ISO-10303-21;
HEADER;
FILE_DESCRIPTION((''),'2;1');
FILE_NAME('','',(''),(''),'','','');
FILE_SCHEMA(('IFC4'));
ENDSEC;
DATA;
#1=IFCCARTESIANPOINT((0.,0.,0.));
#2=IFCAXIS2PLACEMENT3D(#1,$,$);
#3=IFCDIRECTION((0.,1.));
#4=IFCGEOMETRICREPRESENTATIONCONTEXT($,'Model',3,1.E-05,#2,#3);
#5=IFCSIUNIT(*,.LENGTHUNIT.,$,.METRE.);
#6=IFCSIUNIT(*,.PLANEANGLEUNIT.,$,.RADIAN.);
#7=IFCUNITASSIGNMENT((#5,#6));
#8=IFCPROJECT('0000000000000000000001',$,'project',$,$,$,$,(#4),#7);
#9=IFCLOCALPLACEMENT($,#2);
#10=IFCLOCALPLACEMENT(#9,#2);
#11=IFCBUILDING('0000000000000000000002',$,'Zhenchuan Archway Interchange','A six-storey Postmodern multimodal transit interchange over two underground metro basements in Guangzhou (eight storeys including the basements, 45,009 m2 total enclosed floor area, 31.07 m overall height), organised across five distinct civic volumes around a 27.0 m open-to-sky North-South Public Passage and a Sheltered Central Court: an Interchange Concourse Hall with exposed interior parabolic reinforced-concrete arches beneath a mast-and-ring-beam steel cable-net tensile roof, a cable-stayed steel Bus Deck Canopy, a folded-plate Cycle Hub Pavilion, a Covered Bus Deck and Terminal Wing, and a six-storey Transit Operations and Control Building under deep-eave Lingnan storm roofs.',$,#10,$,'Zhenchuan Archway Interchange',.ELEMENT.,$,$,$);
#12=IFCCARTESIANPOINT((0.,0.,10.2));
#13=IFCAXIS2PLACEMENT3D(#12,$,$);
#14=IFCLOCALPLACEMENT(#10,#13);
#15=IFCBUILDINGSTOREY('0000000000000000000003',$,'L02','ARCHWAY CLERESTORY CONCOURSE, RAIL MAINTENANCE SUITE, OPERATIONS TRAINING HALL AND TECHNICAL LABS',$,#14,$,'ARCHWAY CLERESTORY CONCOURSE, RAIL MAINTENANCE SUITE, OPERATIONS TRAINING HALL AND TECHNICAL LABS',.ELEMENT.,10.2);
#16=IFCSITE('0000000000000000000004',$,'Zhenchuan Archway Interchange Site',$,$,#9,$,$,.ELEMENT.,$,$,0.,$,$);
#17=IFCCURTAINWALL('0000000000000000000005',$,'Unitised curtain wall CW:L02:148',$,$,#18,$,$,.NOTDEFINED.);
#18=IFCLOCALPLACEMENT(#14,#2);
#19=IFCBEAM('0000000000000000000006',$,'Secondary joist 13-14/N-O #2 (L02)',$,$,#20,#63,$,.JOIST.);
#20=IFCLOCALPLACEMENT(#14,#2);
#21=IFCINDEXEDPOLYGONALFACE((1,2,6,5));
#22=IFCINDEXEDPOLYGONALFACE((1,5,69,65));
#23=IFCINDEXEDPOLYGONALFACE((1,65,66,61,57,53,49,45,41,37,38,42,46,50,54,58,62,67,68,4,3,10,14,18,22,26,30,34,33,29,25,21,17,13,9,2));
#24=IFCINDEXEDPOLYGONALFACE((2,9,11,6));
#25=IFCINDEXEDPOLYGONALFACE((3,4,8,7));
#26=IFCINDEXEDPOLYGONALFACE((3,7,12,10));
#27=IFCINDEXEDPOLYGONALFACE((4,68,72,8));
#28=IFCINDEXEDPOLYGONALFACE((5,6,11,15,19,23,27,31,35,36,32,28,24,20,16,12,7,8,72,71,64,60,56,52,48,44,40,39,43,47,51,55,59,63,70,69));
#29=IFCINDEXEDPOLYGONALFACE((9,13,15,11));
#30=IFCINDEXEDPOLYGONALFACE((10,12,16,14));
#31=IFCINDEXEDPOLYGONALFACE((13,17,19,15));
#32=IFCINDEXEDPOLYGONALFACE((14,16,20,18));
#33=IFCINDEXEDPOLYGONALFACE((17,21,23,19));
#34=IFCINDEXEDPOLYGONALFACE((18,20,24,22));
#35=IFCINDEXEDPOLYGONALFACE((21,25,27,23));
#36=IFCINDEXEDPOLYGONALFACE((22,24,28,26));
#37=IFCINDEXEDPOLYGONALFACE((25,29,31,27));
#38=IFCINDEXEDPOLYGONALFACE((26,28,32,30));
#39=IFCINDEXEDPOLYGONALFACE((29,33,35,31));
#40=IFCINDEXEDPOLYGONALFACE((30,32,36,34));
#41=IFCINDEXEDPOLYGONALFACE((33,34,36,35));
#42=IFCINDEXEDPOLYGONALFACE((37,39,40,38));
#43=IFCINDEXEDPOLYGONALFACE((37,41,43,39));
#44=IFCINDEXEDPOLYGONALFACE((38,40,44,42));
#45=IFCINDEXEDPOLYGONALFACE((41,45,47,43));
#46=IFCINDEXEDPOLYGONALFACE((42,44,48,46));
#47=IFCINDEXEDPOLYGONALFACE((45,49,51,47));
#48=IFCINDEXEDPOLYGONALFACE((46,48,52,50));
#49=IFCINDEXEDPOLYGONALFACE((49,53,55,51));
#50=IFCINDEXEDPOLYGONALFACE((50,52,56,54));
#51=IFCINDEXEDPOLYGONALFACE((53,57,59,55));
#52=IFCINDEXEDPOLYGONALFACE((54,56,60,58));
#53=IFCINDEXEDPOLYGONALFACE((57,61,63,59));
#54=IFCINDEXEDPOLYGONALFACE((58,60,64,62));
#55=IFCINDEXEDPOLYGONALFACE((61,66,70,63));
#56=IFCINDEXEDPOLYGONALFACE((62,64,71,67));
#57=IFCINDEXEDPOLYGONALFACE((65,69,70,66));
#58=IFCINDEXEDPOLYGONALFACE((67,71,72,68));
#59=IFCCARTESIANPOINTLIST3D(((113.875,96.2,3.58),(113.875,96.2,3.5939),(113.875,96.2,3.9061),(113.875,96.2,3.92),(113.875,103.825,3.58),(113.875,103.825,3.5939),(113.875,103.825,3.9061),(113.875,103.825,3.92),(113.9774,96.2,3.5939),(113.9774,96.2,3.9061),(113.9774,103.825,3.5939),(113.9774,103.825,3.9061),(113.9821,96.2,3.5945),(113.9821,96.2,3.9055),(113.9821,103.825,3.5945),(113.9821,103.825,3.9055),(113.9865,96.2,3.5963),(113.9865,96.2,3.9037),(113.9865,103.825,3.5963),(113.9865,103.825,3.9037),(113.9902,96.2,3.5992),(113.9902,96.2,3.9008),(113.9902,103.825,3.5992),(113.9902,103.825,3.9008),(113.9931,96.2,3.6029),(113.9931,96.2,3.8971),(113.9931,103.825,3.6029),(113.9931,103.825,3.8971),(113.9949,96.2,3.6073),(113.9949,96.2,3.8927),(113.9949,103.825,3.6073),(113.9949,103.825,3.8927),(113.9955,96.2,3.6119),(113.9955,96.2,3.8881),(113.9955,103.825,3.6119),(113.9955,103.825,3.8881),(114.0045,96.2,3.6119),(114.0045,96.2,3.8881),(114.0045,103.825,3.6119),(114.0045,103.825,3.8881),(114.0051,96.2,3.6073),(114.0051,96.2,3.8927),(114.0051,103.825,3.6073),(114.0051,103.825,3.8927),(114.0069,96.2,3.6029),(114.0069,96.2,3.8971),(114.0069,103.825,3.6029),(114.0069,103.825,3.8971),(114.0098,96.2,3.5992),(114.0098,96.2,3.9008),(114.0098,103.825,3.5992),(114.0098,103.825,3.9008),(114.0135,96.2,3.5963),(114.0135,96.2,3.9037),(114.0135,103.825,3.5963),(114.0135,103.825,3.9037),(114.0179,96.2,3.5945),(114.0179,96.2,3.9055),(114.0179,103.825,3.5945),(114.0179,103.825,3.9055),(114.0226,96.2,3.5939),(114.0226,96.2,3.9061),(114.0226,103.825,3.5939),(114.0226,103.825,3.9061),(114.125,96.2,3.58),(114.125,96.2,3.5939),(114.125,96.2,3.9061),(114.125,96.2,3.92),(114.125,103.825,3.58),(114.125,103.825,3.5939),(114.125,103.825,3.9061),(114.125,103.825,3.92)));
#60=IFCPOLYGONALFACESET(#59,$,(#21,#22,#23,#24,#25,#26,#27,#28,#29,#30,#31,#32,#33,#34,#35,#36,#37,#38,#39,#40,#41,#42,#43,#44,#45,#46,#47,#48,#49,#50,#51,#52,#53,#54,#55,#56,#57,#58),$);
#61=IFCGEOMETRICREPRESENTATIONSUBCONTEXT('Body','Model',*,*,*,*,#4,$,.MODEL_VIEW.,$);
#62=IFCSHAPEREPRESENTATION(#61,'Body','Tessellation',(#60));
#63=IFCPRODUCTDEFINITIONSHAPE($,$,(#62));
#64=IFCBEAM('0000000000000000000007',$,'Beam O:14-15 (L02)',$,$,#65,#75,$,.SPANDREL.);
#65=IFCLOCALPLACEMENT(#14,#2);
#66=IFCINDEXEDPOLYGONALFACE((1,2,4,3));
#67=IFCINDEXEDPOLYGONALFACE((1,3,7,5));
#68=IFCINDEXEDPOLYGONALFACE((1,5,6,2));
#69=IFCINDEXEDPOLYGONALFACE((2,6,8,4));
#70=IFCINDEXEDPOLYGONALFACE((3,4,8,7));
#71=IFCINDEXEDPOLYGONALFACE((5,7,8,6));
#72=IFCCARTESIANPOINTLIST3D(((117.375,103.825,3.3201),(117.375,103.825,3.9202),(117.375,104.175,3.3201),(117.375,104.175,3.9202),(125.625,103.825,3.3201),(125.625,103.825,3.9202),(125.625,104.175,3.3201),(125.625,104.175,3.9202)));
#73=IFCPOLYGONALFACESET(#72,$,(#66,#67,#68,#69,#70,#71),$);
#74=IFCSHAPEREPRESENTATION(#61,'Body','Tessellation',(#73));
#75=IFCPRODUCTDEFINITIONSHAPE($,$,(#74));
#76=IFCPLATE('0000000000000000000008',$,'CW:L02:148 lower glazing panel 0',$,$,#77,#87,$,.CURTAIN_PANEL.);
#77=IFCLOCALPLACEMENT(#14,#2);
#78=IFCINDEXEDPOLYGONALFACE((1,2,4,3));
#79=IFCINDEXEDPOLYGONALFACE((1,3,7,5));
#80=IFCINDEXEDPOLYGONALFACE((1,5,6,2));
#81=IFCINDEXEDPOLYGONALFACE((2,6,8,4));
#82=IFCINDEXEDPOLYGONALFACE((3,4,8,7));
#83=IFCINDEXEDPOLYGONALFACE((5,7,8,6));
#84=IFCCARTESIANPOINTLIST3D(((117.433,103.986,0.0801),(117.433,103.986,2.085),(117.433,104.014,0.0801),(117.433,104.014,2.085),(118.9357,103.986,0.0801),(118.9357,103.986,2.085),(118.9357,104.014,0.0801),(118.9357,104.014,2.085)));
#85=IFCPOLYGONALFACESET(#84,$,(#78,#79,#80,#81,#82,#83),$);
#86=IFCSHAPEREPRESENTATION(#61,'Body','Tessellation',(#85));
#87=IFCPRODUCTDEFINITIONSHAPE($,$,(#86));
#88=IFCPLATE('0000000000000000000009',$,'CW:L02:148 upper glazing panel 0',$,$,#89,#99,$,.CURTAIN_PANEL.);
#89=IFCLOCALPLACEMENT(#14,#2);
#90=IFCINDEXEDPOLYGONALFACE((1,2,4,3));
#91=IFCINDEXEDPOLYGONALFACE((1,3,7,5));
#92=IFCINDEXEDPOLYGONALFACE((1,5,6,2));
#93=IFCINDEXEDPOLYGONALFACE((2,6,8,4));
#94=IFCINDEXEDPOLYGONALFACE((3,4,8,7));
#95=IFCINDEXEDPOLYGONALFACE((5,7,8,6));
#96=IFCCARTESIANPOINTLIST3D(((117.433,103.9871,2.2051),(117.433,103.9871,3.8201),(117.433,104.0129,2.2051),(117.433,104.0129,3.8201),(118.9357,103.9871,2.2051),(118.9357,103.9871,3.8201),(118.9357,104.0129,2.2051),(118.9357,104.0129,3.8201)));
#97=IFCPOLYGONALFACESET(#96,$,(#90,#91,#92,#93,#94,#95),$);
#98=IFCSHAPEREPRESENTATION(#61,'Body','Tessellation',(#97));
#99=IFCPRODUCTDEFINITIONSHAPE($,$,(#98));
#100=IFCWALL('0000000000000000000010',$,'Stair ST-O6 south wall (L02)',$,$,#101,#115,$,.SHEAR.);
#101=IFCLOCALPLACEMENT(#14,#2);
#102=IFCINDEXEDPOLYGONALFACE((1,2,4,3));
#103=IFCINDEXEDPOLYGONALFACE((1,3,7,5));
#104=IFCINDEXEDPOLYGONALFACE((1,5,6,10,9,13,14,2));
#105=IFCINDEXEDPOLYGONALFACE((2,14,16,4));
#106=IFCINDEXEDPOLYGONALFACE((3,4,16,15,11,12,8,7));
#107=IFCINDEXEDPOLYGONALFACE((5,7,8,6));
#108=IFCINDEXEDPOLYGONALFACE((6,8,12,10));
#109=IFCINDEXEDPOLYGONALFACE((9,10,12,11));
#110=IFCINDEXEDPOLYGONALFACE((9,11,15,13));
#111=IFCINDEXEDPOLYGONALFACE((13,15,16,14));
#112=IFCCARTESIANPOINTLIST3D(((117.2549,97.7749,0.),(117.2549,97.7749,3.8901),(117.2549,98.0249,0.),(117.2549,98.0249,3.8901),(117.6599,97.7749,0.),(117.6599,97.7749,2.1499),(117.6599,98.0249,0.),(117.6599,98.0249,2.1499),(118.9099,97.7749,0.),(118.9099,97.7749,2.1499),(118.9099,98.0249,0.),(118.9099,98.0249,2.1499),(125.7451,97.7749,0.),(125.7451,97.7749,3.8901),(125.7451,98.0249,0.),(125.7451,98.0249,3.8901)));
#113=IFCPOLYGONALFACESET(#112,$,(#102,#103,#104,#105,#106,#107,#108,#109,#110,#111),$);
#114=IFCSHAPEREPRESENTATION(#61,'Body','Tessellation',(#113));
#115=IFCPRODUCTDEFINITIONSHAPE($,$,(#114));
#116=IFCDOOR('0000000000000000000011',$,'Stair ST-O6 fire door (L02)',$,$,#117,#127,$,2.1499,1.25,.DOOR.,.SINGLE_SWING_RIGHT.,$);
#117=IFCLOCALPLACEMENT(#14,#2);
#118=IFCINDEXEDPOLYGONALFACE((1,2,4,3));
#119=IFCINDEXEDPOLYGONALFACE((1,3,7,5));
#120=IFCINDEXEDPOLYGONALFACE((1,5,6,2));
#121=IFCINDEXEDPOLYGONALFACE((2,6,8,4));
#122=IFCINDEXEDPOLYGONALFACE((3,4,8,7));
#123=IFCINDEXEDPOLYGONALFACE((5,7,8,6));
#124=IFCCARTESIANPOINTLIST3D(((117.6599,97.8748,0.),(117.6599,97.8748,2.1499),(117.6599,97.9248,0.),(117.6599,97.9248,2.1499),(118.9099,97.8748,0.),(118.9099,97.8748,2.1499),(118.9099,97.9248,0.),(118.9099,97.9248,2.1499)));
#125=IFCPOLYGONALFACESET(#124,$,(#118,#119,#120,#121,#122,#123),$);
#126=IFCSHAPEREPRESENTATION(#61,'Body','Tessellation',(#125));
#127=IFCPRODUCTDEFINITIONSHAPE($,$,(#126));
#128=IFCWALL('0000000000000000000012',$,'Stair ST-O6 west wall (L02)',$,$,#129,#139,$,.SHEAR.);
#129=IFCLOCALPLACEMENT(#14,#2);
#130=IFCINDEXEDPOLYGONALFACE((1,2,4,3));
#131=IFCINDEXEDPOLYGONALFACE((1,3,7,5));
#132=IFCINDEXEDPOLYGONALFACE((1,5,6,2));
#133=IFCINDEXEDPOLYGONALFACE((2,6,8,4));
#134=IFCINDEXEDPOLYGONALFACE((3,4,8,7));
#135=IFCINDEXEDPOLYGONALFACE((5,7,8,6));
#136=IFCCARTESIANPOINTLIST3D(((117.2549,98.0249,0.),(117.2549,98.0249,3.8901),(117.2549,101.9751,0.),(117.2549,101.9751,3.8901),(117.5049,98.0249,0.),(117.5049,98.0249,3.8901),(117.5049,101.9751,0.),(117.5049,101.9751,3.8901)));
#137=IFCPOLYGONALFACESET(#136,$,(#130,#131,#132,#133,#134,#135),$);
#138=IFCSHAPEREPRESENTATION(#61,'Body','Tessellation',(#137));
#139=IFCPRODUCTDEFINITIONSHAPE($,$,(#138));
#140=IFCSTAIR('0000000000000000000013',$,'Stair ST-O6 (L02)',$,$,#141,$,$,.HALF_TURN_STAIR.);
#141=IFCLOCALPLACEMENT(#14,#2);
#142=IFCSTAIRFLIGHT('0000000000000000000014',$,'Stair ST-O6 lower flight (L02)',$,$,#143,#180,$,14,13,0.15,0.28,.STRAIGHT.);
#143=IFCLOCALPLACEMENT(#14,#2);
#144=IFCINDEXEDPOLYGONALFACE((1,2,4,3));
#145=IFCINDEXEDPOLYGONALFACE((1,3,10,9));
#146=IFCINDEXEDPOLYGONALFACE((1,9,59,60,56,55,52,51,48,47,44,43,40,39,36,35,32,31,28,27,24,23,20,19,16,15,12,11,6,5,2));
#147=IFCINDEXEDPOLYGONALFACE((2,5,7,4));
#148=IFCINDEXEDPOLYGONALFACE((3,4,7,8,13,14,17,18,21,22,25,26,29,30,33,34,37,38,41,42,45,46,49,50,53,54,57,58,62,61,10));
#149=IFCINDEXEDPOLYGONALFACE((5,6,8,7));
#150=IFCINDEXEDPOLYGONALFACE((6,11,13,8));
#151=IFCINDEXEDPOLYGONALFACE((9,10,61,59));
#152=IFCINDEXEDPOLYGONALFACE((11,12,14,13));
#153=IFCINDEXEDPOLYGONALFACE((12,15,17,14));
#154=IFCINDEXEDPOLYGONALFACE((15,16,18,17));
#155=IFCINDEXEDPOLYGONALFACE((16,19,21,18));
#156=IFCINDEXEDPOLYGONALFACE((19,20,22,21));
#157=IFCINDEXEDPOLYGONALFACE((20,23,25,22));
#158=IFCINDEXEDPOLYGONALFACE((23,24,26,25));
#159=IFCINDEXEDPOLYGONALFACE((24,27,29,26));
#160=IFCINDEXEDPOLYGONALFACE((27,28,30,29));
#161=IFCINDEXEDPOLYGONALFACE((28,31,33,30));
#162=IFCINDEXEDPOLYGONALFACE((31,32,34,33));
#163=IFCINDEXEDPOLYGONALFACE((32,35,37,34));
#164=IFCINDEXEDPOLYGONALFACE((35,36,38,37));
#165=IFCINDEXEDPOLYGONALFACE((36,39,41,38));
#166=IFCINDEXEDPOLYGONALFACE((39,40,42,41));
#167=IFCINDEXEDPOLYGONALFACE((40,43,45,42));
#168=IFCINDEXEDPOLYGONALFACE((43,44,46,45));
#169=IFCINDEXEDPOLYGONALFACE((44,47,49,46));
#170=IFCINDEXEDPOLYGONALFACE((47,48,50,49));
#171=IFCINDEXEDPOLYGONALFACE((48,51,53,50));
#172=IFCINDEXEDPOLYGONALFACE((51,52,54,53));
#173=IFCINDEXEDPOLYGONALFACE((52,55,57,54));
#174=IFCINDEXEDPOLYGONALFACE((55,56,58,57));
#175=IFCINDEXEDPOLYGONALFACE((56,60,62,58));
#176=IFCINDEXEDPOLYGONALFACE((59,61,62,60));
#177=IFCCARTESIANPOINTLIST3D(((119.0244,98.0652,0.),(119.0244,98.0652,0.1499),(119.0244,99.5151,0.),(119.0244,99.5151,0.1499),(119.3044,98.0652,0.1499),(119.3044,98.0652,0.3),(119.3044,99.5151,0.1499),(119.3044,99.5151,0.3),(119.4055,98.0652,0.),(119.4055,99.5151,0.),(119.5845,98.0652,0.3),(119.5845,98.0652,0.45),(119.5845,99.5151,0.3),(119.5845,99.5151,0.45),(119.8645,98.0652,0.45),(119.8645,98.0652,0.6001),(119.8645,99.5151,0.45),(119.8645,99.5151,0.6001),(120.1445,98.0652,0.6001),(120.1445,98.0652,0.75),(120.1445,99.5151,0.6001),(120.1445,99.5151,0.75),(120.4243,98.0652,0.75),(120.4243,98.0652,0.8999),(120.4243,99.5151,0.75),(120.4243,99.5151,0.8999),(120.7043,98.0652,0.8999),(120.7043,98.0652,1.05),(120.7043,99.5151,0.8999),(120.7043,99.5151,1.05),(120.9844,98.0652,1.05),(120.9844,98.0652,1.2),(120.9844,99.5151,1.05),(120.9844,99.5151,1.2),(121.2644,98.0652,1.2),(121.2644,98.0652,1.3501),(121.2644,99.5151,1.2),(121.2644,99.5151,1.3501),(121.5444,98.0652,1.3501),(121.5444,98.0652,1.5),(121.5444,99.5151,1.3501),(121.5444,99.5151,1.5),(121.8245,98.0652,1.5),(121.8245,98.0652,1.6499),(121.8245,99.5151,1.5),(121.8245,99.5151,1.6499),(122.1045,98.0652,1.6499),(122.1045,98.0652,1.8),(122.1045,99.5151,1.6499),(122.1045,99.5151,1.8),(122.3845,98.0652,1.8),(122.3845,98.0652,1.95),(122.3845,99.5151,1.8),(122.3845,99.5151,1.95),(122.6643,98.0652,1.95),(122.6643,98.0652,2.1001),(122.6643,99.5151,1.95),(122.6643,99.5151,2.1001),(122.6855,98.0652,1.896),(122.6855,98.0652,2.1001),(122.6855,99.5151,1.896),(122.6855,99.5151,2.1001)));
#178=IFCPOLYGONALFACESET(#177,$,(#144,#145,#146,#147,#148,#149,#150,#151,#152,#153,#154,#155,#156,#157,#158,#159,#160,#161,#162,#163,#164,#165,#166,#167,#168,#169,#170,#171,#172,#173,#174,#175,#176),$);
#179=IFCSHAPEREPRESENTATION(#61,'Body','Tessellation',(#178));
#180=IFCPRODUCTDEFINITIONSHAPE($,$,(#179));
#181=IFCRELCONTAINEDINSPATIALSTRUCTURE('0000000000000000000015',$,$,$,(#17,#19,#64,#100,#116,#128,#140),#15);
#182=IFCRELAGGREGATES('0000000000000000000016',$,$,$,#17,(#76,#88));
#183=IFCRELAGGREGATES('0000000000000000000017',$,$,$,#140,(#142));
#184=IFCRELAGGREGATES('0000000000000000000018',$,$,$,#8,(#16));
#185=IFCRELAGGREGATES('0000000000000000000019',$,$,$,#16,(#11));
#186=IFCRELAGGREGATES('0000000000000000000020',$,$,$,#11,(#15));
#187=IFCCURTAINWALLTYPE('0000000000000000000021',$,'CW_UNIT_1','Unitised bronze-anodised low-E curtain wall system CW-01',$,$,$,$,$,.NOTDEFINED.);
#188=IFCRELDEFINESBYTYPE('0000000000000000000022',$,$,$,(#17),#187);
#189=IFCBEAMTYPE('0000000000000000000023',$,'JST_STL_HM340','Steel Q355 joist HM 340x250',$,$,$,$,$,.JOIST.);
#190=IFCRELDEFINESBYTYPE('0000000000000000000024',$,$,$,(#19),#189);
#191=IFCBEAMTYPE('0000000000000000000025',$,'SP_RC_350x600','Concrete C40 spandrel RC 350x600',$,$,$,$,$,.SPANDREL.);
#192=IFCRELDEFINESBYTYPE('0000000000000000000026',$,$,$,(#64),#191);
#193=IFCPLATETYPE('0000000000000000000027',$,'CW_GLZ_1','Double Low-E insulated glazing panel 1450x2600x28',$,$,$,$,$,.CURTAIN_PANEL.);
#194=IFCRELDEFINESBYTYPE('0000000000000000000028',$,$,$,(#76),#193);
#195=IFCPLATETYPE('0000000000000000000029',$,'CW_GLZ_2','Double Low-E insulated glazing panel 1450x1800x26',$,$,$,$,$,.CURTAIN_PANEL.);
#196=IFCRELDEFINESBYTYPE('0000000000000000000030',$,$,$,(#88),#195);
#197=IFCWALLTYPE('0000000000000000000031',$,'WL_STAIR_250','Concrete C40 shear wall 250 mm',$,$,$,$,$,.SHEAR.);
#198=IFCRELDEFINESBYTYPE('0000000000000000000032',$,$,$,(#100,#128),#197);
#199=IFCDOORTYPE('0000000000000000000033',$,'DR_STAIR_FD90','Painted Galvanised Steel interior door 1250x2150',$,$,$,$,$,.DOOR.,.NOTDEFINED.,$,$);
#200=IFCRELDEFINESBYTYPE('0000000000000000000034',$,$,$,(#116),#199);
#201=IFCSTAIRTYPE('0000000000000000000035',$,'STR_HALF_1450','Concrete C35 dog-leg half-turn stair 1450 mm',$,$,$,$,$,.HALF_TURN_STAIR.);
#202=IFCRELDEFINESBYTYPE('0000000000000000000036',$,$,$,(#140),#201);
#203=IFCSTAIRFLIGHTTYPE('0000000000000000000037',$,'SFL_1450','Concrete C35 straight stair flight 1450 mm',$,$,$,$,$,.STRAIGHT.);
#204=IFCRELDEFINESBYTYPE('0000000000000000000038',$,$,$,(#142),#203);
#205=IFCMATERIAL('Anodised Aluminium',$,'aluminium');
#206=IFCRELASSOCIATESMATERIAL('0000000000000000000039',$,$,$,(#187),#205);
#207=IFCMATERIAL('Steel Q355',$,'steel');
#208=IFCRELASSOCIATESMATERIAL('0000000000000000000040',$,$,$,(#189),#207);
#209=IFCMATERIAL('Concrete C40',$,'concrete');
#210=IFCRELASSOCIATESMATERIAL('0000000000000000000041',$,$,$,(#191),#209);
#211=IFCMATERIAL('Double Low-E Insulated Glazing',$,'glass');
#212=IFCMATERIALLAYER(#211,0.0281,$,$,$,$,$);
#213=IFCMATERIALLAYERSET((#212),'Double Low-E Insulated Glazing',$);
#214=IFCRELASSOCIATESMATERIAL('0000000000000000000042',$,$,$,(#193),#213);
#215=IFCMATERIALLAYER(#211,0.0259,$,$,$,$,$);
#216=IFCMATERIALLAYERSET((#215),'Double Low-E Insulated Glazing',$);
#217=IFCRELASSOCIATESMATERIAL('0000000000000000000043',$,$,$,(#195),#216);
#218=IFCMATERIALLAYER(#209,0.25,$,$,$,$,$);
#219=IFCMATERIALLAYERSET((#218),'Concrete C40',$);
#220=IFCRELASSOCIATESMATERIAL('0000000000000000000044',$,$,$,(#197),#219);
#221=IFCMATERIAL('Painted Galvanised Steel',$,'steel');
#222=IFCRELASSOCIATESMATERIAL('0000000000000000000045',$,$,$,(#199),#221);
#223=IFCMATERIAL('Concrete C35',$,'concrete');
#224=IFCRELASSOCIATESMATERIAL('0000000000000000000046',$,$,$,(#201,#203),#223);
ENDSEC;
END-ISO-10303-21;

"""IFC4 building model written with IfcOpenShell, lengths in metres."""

from ifc_helpers import new_model, si_unit, direction, frame, frame_2d, origin, origin_2d, place, context, subcontext, project, spatial, polyline, rectangle, i_section, outline, extrude, material, layer, layer_set, material_profile, profile_set, type_object, element, fill, aggregate, save


model = new_model("IFC4")

# Units and contexts
model_context = context("Model", 3, precision=1e-05, world=origin(), true_north=direction((0.0, 1.0)))
body_context = subcontext(model_context, "Body", "Model", "MODEL_VIEW")
ifc_project = project(units=[si_unit("LENGTHUNIT", "METRE"), si_unit("PLANEANGLEUNIT", "RADIAN")], contexts=[model_context])

# Site, building, storey
site_placement = place(None, origin())
site = spatial("IfcSite", under=ifc_project, at=site_placement, Name="Zhenchuan Archway Interchange Site", CompositionType="ELEMENT", RefElevation=0.0)
building_placement = place(site_placement, origin())
building = spatial("IfcBuilding", under=site, at=building_placement, Name="Zhenchuan Archway Interchange", Description="A six-storey Postmodern multimodal transit interchange over two underground metro basements in Guangzhou (eight storeys including the basements, 45,009 m2 total enclosed floor area, 31.07 m overall height), organised across five distinct civic volumes around a 27.0 m open-to-sky North-South Public Passage and a Sheltered Central Court: an Interchange Concourse Hall with exposed interior parabolic reinforced-concrete arches beneath a mast-and-ring-beam steel cable-net tensile roof, a cable-stayed steel Bus Deck Canopy, a folded-plate Cycle Hub Pavilion, a Covered Bus Deck and Terminal Wing, and a six-storey Transit Operations and Control Building under deep-eave Lingnan storm roofs.", LongName="Zhenchuan Archway Interchange", CompositionType="ELEMENT")
storey_placement = place(building_placement, frame((0.0, 0.0, 10.2)))
storey = spatial("IfcBuildingStorey", under=building, at=storey_placement, Name="L02", Description="ARCHWAY CLERESTORY CONCOURSE, RAIL MAINTENANCE SUITE, OPERATIONS TRAINING HALL AND TECHNICAL LABS", LongName="ARCHWAY CLERESTORY CONCOURSE, RAIL MAINTENANCE SUITE, OPERATIONS TRAINING HALL AND TECHNICAL LABS", CompositionType="ELEMENT", Elevation=10.2)

# Shared definitions
ifc_material_1 = material(Name="Concrete C40", Category="concrete")

# Curtain wall
ifc_material_2 = material(Name="Anodised Aluminium", Category="aluminium")
curtain_wall_type = type_object("IfcCurtainWallType", Name="CW_UNIT_1", Description="Unitised bronze-anodised low-E curtain wall system CW-01", PredefinedType="NOTDEFINED", material=ifc_material_2)
curtain_wall_placement = place(storey_placement, origin())
curtain_wall = element("IfcCurtainWall", 1, at=curtain_wall_placement, inside=storey, type_object=curtain_wall_type, Name="Unitised curtain wall CW:L02:148", PredefinedType="NOTDEFINED")

# Beams
ifc_material_3 = material(Name="Steel Q355", Category="steel")
ifc_material_profile_1 = material_profile(ifc_material_3, i_section(OverallWidth=0.25, OverallDepth=0.3401, WebThickness=0.009, FlangeThickness=0.0139, FilletRadius=0.0181, at=origin_2d()), Name="HM 340x250")
ifc_profile_set_1 = profile_set([ifc_material_profile_1], Name="Steel Q355")
beam_type_1 = type_object("IfcBeamType", Name="JST_STL_HM340", Description="Steel Q355 joist HM 340x250", PredefinedType="JOIST", material=ifc_profile_set_1)
for number, where, z_axis, x_axis, name in (
    (2, (114.0, 96.2, 3.75), (0.0, 1.0, 0.0), (-1.0, 0.0, 0.0), "Secondary joist 13-14/N-O #2 (L02)"),
):
    element("IfcBeam", number, at=place(storey_placement, frame(where, z_axis=z_axis, x_axis=x_axis)), inside=storey, type_object=beam_type_1, Name=name, PredefinedType="JOIST", context=body_context, shape_type="SweptSolid", body=[
        extrude(i_section(OverallWidth=0.25, OverallDepth=0.3401, WebThickness=0.009, FlangeThickness=0.0139, FilletRadius=0.0181, at=origin_2d()), origin(), (0.0, 0.0, 1.0), 7.625),
    ])
ifc_material_profile_2 = material_profile(ifc_material_1, rectangle(XDim=0.3501, YDim=0.6001, at=origin_2d()), Name="RC 350x600")
ifc_profile_set_2 = profile_set([ifc_material_profile_2], Name="Concrete C40")
beam_type_2 = type_object("IfcBeamType", Name="SP_RC_350x600", Description="Concrete C40 spandrel RC 350x600", PredefinedType="SPANDREL", material=ifc_profile_set_2)
beam_1_placement = place(storey_placement, frame((117.375, 104.0, 3.6201), z_axis=(1.0, 0.0, 0.0), x_axis=(0.0, 1.0, 0.0)))
element("IfcBeam", 3, at=beam_1_placement, inside=storey, type_object=beam_type_2, Name="Beam O:14-15 (L02)", PredefinedType="SPANDREL", context=body_context, shape_type="SweptSolid", body=[
    extrude(rectangle(XDim=0.3501, YDim=0.6001, at=origin_2d()), origin(), (0.0, 0.0, 1.0), 8.25),
])

# Plates
ifc_material_4 = material(Name="Double Low-E Insulated Glazing", Category="glass")
ifc_layer_1 = layer(ifc_material_4, 0.0281)
ifc_layer_set_1 = layer_set([ifc_layer_1], Name="Double Low-E Insulated Glazing")
plate_type_1 = type_object("IfcPlateType", Name="CW_GLZ_1", Description="Double Low-E insulated glazing panel 1450x2600x28", PredefinedType="CURTAIN_PANEL", material=ifc_layer_set_1)
plate_1_placement = place(storey_placement, frame((118.1843, 104.0, 0.0801), z_axis=(0.0, 0.0, 1.0), x_axis=(1.0, 0.0, 0.0)))
plate_1 = element("IfcPlate", 4, at=plate_1_placement, type_object=plate_type_1, Name="CW:L02:148 lower glazing panel 0", PredefinedType="CURTAIN_PANEL", context=body_context, shape_type="SweptSolid", body=[
    extrude(rectangle(XDim=1.5027, YDim=0.0281, at=origin_2d()), origin(), (0.0, 0.0, 1.0), 2.0049),
])
ifc_layer_2 = layer(ifc_material_4, 0.0259)
ifc_layer_set_2 = layer_set([ifc_layer_2], Name="Double Low-E Insulated Glazing")
plate_type_2 = type_object("IfcPlateType", Name="CW_GLZ_2", Description="Double Low-E insulated glazing panel 1450x1800x26", PredefinedType="CURTAIN_PANEL", material=ifc_layer_set_2)
plate_2_placement = place(storey_placement, frame((118.1843, 104.0, 2.2051), z_axis=(0.0, 0.0, 1.0), x_axis=(1.0, 0.0, 0.0)))
plate_2 = element("IfcPlate", 5, at=plate_2_placement, type_object=plate_type_2, Name="CW:L02:148 upper glazing panel 0", PredefinedType="CURTAIN_PANEL", context=body_context, shape_type="SweptSolid", body=[
    extrude(rectangle(XDim=1.5027, YDim=0.0259, at=origin_2d()), origin(), (0.0, 0.0, 1.0), 1.615),
])
aggregate(curtain_wall, [plate_1, plate_2])

# Wall, opening, door
ifc_layer_3 = layer(ifc_material_1, 0.25)
ifc_layer_set_3 = layer_set([ifc_layer_3], Name="Concrete C40")
wall_type = type_object("IfcWallType", Name="WL_STAIR_250", Description="Concrete C40 shear wall 250 mm", PredefinedType="SHEAR", material=ifc_layer_set_3)
wall_1_placement = place(storey_placement, frame((117.2549, 97.8999, 0.0), z_axis=(0.0, 0.0, 1.0), x_axis=(1.0, 0.0, 0.0)))
wall_1 = element("IfcWall", 6, at=wall_1_placement, inside=storey, type_object=wall_type, Name="Stair ST-O6 south wall (L02)", PredefinedType="SHEAR", context=body_context, shape_type="SweptSolid", body=[
    extrude(rectangle(XDim=8.4902, YDim=0.25, at=frame_2d((4.2451, 0.0))), origin(), (0.0, 0.0, 1.0), 3.8901),
])
opening_placement = place(wall_1_placement, frame((0.405, 0.0, 0.0)))
opening = element("IfcOpeningElement", 7, at=opening_placement, cuts=wall_1, PredefinedType="OPENING", context=body_context, shape_type="SweptSolid", body=[
    extrude(rectangle(XDim=1.25, YDim=2.1499, at=frame_2d((0.625, 1.075))), frame((0.0, 0.137, 0.0), z_axis=(0.0, -1.0, 0.0), x_axis=(1.0, 0.0, 0.0)), (0.0, 0.0, 1.0), 0.2739),
])
ifc_material_5 = material(Name="Painted Galvanised Steel", Category="steel")
door_type = type_object("IfcDoorType", Name="DR_STAIR_FD90", Description="Painted Galvanised Steel interior door 1250x2150", OperationType="NOTDEFINED", PredefinedType="DOOR", material=ifc_material_5)
door_placement = place(opening_placement, origin())
door = element("IfcDoor", 8, at=door_placement, inside=storey, type_object=door_type, Name="Stair ST-O6 fire door (L02)", OperationType="SINGLE_SWING_RIGHT", OverallHeight=2.1499, OverallWidth=1.25, PredefinedType="DOOR", context=body_context, shape_type="SweptSolid", body=[
    extrude(rectangle(XDim=1.25, YDim=2.1499, at=frame_2d((0.625, 1.075))), frame((0.0, 0.0249, 0.0), z_axis=(0.0, -1.0, 0.0), x_axis=(1.0, 0.0, 0.0)), (0.0, 0.0, 1.0), 0.05),
])
fill(opening, door)

# Wall
wall_2_placement = place(storey_placement, frame((117.3799, 101.9751, 0.0), z_axis=(0.0, 0.0, 1.0), x_axis=(0.0, -1.0, 0.0)))
element("IfcWall", 9, at=wall_2_placement, inside=storey, type_object=wall_type, Name="Stair ST-O6 west wall (L02)", PredefinedType="SHEAR", context=body_context, shape_type="SweptSolid", body=[
    extrude(rectangle(XDim=3.9502, YDim=0.25, at=frame_2d((1.9751, 0.0))), origin(), (0.0, 0.0, 1.0), 3.8901),
])

# Stair, stair flight
ifc_material_6 = material(Name="Concrete C35", Category="concrete")
stair_type = type_object("IfcStairType", Name="STR_HALF_1450", Description="Concrete C35 dog-leg half-turn stair 1450 mm", PredefinedType="HALF_TURN_STAIR", material=ifc_material_6)
stair_placement = place(storey_placement, origin())
stair = element("IfcStair", 10, at=stair_placement, inside=storey, type_object=stair_type, Name="Stair ST-O6 (L02)", PredefinedType="HALF_TURN_STAIR")
stair_flight_type = type_object("IfcStairFlightType", Name="SFL_1450", Description="Concrete C35 straight stair flight 1450 mm", PredefinedType="STRAIGHT", material=ifc_material_6)
stair_flight_placement = place(storey_placement, frame((119.0244, 98.79, 0.0), z_axis=(0.0, 0.0, 1.0), x_axis=(1.0, 0.0, 0.0)))
stair_flight = element("IfcStairFlight", 11, at=stair_flight_placement, type_object=stair_flight_type, Name="Stair ST-O6 lower flight (L02)", NumberOfRisers=14, NumberOfTreads=13, PredefinedType="STRAIGHT", RiserHeight=0.15, TreadLength=0.28, context=body_context, shape_type="SweptSolid", body=[
    extrude(outline(polyline([(0.0, 0.0), (0.0, 0.1499), (0.28, 0.1499), (0.28, 0.3), (0.5601, 0.3), (0.5601, 0.45), (0.8401, 0.45), (0.8401, 0.6001), (1.1201, 0.6001), (1.1201, 0.75), (1.3999, 0.75), (1.3999, 0.8999), (1.6799, 0.8999), (1.6799, 1.05), (1.96, 1.05), (1.96, 1.2), (2.24, 1.2), (2.24, 1.3501), (2.52, 1.3501), (2.52, 1.5), (2.8, 1.5), (2.8, 1.6499), (3.0801, 1.6499), (3.0801, 1.8), (3.3601, 1.8), (3.3601, 1.95), (3.6399, 1.95), (3.6399, 2.1001), (3.6611, 2.1001), (3.6611, 1.896), (0.3811, 0.0), (0.0, 0.0)])), frame((0.0, 0.7251, 0.0), z_axis=(0.0, -1.0, 0.0), x_axis=(1.0, 0.0, 0.0)), (0.0, 0.0, 1.0), 1.45),
])
aggregate(stair, [stair_flight])

save(model, "model.ifc")
